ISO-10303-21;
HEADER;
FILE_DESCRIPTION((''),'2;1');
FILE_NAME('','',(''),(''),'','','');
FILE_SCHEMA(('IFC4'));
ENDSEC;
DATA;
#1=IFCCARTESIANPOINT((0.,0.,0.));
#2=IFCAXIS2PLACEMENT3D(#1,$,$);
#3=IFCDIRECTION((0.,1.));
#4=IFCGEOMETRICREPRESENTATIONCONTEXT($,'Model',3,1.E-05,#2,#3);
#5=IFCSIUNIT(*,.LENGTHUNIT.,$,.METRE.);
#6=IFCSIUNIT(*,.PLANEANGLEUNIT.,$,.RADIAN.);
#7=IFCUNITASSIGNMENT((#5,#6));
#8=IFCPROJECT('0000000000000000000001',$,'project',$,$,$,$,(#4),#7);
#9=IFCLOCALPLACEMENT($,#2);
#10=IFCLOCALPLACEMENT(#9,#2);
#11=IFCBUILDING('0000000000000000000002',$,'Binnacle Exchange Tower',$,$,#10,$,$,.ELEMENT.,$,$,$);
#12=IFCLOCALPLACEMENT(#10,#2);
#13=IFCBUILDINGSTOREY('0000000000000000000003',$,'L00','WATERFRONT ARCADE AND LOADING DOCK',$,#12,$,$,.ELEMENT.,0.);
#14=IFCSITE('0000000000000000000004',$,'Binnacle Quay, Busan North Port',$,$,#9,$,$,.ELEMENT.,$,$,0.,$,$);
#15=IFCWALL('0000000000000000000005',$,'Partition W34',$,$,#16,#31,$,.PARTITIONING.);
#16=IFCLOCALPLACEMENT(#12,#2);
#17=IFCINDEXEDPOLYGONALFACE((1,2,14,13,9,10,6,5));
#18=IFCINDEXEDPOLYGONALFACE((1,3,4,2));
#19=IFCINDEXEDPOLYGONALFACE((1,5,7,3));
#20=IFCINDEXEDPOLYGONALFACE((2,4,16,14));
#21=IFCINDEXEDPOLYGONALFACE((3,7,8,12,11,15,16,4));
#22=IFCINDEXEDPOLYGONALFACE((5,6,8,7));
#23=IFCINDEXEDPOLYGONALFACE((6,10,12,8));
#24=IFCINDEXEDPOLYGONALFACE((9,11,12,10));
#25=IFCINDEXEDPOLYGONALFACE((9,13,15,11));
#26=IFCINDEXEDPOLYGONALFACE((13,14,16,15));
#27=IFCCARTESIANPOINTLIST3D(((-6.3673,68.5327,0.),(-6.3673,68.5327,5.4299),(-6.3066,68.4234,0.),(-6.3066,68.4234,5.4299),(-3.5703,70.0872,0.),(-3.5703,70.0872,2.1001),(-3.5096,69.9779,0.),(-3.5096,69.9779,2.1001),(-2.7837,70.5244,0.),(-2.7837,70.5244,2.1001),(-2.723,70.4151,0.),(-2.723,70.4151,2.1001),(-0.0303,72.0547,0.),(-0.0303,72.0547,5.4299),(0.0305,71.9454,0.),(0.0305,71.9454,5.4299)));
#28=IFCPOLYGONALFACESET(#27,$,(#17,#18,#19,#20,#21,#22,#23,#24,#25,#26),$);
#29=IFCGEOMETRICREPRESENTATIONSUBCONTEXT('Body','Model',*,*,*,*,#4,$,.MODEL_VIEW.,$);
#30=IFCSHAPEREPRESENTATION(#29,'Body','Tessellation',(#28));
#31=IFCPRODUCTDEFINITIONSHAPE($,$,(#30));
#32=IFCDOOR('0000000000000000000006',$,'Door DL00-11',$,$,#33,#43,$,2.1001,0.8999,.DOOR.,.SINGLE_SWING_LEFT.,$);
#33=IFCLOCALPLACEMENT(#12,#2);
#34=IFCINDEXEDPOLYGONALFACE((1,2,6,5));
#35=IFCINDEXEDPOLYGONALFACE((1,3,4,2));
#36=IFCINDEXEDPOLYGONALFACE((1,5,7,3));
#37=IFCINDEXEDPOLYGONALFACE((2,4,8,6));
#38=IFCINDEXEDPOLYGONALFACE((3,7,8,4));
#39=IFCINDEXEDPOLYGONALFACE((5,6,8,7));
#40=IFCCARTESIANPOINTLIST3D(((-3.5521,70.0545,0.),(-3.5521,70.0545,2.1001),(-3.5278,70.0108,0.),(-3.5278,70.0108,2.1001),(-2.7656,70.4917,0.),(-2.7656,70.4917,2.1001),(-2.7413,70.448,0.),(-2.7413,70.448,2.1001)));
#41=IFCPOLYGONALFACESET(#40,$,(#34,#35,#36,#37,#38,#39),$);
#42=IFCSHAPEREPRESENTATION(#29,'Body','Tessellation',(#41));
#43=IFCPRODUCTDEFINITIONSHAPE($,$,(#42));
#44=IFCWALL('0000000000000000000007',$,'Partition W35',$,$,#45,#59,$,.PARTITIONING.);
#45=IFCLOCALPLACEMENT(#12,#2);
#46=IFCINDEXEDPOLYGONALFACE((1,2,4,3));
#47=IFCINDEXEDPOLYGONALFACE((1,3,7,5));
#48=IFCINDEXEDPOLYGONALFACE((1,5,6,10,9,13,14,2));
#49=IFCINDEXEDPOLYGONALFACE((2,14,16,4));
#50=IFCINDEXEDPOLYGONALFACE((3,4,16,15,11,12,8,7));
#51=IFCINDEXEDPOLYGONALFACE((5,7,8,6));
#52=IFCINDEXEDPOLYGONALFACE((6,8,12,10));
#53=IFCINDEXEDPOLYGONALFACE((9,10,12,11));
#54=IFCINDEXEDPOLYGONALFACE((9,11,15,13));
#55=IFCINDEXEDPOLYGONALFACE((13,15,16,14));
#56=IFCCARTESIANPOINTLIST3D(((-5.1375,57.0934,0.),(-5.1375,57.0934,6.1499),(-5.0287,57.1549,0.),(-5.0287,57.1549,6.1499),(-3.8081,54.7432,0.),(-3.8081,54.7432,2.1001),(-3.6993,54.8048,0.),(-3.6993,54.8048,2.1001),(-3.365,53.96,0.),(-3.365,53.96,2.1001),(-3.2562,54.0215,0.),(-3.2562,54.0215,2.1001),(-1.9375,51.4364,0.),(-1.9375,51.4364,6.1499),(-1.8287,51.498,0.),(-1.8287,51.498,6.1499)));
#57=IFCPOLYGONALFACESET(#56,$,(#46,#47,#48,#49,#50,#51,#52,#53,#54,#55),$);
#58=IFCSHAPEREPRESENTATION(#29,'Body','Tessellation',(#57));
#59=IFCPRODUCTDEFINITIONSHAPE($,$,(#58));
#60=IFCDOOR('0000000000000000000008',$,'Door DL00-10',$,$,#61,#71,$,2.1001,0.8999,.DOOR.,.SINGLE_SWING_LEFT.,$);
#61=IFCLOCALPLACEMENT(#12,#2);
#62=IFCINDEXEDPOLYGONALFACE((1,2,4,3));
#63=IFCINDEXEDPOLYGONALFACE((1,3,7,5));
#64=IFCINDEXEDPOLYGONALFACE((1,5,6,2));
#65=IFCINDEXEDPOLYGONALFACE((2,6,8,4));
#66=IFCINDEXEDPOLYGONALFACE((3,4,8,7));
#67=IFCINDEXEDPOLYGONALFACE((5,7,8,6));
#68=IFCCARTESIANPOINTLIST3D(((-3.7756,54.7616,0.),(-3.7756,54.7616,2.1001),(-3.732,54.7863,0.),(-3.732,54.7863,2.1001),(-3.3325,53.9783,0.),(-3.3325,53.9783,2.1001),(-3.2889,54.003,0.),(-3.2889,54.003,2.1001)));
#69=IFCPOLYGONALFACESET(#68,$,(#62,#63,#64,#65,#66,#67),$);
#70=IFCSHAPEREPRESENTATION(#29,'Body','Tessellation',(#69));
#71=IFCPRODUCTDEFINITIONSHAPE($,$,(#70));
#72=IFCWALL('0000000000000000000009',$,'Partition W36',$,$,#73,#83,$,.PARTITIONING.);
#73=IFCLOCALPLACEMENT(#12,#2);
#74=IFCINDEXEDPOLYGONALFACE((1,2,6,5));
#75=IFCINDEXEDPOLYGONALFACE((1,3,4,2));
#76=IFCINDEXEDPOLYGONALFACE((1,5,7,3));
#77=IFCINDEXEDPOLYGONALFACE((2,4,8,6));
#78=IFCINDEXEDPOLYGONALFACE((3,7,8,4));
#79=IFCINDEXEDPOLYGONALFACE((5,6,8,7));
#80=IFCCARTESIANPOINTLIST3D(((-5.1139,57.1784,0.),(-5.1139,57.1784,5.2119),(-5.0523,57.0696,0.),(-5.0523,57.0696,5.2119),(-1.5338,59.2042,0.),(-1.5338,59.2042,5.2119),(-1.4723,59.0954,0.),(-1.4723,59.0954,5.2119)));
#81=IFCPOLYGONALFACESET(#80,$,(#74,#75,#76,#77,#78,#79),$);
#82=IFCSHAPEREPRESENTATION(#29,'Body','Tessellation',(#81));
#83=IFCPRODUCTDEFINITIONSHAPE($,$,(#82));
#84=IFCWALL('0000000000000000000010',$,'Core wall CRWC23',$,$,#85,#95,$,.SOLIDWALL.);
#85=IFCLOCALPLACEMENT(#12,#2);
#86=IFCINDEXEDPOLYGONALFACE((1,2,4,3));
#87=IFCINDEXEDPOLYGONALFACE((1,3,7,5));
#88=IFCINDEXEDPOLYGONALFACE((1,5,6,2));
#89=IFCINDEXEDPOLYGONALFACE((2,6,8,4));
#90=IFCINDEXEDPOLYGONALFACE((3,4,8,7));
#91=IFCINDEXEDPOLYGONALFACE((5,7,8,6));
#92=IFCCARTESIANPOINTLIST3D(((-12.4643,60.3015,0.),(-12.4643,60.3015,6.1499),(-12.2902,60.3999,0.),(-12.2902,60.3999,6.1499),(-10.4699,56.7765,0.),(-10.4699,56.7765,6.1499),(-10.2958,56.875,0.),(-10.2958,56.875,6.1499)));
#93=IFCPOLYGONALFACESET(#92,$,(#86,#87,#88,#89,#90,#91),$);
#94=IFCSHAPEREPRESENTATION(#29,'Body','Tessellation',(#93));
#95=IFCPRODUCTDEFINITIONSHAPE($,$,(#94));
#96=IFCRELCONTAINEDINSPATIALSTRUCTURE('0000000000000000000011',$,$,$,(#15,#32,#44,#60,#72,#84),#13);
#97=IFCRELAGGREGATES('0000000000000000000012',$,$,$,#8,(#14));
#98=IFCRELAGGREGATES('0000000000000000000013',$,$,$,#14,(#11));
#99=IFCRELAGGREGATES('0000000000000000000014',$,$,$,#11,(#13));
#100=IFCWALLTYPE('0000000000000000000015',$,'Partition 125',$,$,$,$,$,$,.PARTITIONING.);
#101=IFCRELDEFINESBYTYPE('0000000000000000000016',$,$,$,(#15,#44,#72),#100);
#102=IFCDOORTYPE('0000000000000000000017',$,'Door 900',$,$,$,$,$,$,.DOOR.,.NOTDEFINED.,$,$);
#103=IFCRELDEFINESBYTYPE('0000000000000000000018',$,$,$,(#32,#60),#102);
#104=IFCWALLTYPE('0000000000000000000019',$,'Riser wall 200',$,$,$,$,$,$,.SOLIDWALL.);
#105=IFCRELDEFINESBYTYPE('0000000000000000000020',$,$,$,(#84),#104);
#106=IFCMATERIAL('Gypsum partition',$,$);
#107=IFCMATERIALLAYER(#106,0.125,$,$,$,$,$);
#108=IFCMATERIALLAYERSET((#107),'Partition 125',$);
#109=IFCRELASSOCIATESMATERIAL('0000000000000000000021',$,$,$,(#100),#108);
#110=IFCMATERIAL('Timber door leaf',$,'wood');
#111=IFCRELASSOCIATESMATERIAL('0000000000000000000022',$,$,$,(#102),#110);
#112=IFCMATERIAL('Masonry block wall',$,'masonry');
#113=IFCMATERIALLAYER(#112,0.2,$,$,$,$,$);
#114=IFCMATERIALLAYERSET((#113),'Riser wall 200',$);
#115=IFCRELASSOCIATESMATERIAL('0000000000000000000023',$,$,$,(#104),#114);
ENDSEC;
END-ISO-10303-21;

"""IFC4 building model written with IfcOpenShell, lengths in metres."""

from ifc_helpers import new_model, si_unit, direction, frame, frame_2d, origin, place, context, subcontext, project, spatial, rectangle, extrude, material, layer, layer_set, type_object, element, fill, save


model = new_model("IFC4")

# Units and contexts
model_context = context("Model", 3, precision=1e-05, world=origin(), true_north=direction((0.0, 1.0)))
body_context = subcontext(model_context, "Body", "Model", "MODEL_VIEW")
ifc_project = project(units=[si_unit("LENGTHUNIT", "METRE"), si_unit("PLANEANGLEUNIT", "RADIAN")], contexts=[model_context])

# Site, building, storey
site_placement = place(None, origin())
site = spatial("IfcSite", under=ifc_project, at=site_placement, Name="Binnacle Quay, Busan North Port", CompositionType="ELEMENT", RefElevation=0.0)
building_placement = place(site_placement, origin())
building = spatial("IfcBuilding", under=site, at=building_placement, Name="Binnacle Exchange Tower", CompositionType="ELEMENT")
storey_placement = place(building_placement, origin())
storey = spatial("IfcBuildingStorey", under=building, at=storey_placement, Name="L00", Description="WATERFRONT ARCADE AND LOADING DOCK", CompositionType="ELEMENT", Elevation=0.0)

# Shared definitions
ifc_material_1 = material(Name="Gypsum partition")
ifc_layer_1 = layer(ifc_material_1, 0.125)
ifc_layer_set_1 = layer_set([ifc_layer_1], Name="Partition 125")
wall_type_1 = type_object("IfcWallType", Name="Partition 125", PredefinedType="PARTITIONING", material=ifc_layer_set_1)

# Shared definitions
ifc_material_2 = material(Name="Timber door leaf", Category="wood")
door_type = type_object("IfcDoorType", Name="Door 900", OperationType="NOTDEFINED", PredefinedType="DOOR", material=ifc_material_2)

# Walls, openings, doors
wall_1_placement = place(storey_placement, frame((-6.3369, 68.478, 0.0), z_axis=(0.0, 0.0, 1.0), x_axis=(0.874071, 0.485797, 0.0)))
wall_1 = element("IfcWall", 1, at=wall_1_placement, inside=storey, type_object=wall_type_1, Name="Partition W34", PredefinedType="PARTITIONING", context=body_context, shape_type="SweptSolid", body=[
    extrude(rectangle(XDim=7.25, YDim=0.125, at=frame_2d((3.625, 0.0))), origin(), (0.0, 0.0, 1.0), 5.4299),
])
opening_1_placement = place(wall_1_placement, frame((3.2, 0.0, 0.0)))
opening_1 = element("IfcOpeningElement", 2, at=opening_1_placement, cuts=wall_1, PredefinedType="OPENING", context=body_context, shape_type="SweptSolid", body=[
    extrude(rectangle(XDim=0.8999, YDim=2.1001, at=frame_2d((0.45, 1.05))), frame((0.0, 0.0725, 0.0), z_axis=(0.0, -1.0, 0.0), x_axis=(1.0, 0.0, 0.0)), (0.0, 0.0, 1.0), 0.145),
])
door_1_placement = place(opening_1_placement, frame((0.8999, 0.0, 0.0), z_axis=(0.0, 0.0, 1.0), x_axis=(-1.0, 0.0, 0.0)))
door_1 = element("IfcDoor", 3, at=door_1_placement, inside=storey, type_object=door_type, Name="Door DL00-11", OperationType="SINGLE_SWING_LEFT", OverallHeight=2.1001, OverallWidth=0.8999, PredefinedType="DOOR", context=body_context, shape_type="SweptSolid", body=[
    extrude(rectangle(XDim=0.8999, YDim=2.1001, at=frame_2d((0.45, 1.05))), frame((0.0, 0.0249, 0.0), z_axis=(0.0, -1.0, 0.0), x_axis=(1.0, 0.0, 0.0)), (0.0, 0.0, 1.0), 0.05),
])
fill(opening_1, door_1)
wall_2_placement = place(storey_placement, frame((-5.083, 57.124, 0.0), z_axis=(0.0, 0.0, 1.0), x_axis=(0.492352, -0.870396, 0.0)))
wall_2 = element("IfcWall", 4, at=wall_2_placement, inside=storey, type_object=wall_type_1, Name="Partition W35", PredefinedType="PARTITIONING", context=body_context, shape_type="SweptSolid", body=[
    extrude(rectangle(XDim=6.4993, YDim=0.125, at=frame_2d((3.2495, 0.0))), origin(), (0.0, 0.0, 1.0), 6.1499),
])
opening_2_placement = place(wall_2_placement, frame((2.7, 0.0, 0.0)))
opening_2 = element("IfcOpeningElement", 5, at=opening_2_placement, cuts=wall_2, PredefinedType="OPENING", context=body_context, shape_type="SweptSolid", body=[
    extrude(rectangle(XDim=0.8999, YDim=2.1001, at=frame_2d((0.45, 1.05))), frame((0.0, 0.0725, 0.0), z_axis=(0.0, -1.0, 0.0), x_axis=(1.0, 0.0, 0.0)), (0.0, 0.0, 1.0), 0.145),
])
door_2_placement = place(opening_2_placement, origin())
door_2 = element("IfcDoor", 6, at=door_2_placement, inside=storey, type_object=door_type, Name="Door DL00-10", OperationType="SINGLE_SWING_LEFT", OverallHeight=2.1001, OverallWidth=0.8999, PredefinedType="DOOR", context=body_context, shape_type="SweptSolid", body=[
    extrude(rectangle(XDim=0.8999, YDim=2.1001, at=frame_2d((0.45, 1.05))), frame((0.0, 0.0249, 0.0), z_axis=(0.0, -1.0, 0.0), x_axis=(1.0, 0.0, 0.0)), (0.0, 0.0, 1.0), 0.05),
])
fill(opening_2, door_2)

# Walls
wall_3_placement = place(storey_placement, frame((-5.083, 57.124, 0.0), z_axis=(0.0, 0.0, 1.0), x_axis=(0.870317, 0.492491, 0.0)))
element("IfcWall", 7, at=wall_3_placement, inside=storey, type_object=wall_type_1, Name="Partition W36", PredefinedType="PARTITIONING", context=body_context, shape_type="SweptSolid", body=[
    extrude(rectangle(XDim=4.1135, YDim=0.125, at=frame_2d((2.0566, 0.0))), origin(), (0.0, 0.0, 1.0), 5.2119),
])
ifc_material_3 = material(Name="Masonry block wall", Category="masonry")
ifc_layer_2 = layer(ifc_material_3, 0.2)
ifc_layer_set_2 = layer_set([ifc_layer_2], Name="Riser wall 200")
wall_type_2 = type_object("IfcWallType", Name="Riser wall 200", PredefinedType="SOLIDWALL", material=ifc_layer_set_2)
wall_4_placement = place(storey_placement, frame((-12.3772, 60.3506, 0.0), z_axis=(0.0, 0.0, 1.0), x_axis=(0.492441, -0.870346, 0.0)))
element("IfcWall", 8, at=wall_4_placement, inside=storey, type_object=wall_type_2, Name="Core wall CRWC23", PredefinedType="SOLIDWALL", context=body_context, shape_type="SweptSolid", body=[
    extrude(rectangle(XDim=4.05, YDim=0.2, at=frame_2d((2.0249, 0.0))), origin(), (0.0, 0.0, 1.0), 6.1499),
])

save(model, "model.ifc")
